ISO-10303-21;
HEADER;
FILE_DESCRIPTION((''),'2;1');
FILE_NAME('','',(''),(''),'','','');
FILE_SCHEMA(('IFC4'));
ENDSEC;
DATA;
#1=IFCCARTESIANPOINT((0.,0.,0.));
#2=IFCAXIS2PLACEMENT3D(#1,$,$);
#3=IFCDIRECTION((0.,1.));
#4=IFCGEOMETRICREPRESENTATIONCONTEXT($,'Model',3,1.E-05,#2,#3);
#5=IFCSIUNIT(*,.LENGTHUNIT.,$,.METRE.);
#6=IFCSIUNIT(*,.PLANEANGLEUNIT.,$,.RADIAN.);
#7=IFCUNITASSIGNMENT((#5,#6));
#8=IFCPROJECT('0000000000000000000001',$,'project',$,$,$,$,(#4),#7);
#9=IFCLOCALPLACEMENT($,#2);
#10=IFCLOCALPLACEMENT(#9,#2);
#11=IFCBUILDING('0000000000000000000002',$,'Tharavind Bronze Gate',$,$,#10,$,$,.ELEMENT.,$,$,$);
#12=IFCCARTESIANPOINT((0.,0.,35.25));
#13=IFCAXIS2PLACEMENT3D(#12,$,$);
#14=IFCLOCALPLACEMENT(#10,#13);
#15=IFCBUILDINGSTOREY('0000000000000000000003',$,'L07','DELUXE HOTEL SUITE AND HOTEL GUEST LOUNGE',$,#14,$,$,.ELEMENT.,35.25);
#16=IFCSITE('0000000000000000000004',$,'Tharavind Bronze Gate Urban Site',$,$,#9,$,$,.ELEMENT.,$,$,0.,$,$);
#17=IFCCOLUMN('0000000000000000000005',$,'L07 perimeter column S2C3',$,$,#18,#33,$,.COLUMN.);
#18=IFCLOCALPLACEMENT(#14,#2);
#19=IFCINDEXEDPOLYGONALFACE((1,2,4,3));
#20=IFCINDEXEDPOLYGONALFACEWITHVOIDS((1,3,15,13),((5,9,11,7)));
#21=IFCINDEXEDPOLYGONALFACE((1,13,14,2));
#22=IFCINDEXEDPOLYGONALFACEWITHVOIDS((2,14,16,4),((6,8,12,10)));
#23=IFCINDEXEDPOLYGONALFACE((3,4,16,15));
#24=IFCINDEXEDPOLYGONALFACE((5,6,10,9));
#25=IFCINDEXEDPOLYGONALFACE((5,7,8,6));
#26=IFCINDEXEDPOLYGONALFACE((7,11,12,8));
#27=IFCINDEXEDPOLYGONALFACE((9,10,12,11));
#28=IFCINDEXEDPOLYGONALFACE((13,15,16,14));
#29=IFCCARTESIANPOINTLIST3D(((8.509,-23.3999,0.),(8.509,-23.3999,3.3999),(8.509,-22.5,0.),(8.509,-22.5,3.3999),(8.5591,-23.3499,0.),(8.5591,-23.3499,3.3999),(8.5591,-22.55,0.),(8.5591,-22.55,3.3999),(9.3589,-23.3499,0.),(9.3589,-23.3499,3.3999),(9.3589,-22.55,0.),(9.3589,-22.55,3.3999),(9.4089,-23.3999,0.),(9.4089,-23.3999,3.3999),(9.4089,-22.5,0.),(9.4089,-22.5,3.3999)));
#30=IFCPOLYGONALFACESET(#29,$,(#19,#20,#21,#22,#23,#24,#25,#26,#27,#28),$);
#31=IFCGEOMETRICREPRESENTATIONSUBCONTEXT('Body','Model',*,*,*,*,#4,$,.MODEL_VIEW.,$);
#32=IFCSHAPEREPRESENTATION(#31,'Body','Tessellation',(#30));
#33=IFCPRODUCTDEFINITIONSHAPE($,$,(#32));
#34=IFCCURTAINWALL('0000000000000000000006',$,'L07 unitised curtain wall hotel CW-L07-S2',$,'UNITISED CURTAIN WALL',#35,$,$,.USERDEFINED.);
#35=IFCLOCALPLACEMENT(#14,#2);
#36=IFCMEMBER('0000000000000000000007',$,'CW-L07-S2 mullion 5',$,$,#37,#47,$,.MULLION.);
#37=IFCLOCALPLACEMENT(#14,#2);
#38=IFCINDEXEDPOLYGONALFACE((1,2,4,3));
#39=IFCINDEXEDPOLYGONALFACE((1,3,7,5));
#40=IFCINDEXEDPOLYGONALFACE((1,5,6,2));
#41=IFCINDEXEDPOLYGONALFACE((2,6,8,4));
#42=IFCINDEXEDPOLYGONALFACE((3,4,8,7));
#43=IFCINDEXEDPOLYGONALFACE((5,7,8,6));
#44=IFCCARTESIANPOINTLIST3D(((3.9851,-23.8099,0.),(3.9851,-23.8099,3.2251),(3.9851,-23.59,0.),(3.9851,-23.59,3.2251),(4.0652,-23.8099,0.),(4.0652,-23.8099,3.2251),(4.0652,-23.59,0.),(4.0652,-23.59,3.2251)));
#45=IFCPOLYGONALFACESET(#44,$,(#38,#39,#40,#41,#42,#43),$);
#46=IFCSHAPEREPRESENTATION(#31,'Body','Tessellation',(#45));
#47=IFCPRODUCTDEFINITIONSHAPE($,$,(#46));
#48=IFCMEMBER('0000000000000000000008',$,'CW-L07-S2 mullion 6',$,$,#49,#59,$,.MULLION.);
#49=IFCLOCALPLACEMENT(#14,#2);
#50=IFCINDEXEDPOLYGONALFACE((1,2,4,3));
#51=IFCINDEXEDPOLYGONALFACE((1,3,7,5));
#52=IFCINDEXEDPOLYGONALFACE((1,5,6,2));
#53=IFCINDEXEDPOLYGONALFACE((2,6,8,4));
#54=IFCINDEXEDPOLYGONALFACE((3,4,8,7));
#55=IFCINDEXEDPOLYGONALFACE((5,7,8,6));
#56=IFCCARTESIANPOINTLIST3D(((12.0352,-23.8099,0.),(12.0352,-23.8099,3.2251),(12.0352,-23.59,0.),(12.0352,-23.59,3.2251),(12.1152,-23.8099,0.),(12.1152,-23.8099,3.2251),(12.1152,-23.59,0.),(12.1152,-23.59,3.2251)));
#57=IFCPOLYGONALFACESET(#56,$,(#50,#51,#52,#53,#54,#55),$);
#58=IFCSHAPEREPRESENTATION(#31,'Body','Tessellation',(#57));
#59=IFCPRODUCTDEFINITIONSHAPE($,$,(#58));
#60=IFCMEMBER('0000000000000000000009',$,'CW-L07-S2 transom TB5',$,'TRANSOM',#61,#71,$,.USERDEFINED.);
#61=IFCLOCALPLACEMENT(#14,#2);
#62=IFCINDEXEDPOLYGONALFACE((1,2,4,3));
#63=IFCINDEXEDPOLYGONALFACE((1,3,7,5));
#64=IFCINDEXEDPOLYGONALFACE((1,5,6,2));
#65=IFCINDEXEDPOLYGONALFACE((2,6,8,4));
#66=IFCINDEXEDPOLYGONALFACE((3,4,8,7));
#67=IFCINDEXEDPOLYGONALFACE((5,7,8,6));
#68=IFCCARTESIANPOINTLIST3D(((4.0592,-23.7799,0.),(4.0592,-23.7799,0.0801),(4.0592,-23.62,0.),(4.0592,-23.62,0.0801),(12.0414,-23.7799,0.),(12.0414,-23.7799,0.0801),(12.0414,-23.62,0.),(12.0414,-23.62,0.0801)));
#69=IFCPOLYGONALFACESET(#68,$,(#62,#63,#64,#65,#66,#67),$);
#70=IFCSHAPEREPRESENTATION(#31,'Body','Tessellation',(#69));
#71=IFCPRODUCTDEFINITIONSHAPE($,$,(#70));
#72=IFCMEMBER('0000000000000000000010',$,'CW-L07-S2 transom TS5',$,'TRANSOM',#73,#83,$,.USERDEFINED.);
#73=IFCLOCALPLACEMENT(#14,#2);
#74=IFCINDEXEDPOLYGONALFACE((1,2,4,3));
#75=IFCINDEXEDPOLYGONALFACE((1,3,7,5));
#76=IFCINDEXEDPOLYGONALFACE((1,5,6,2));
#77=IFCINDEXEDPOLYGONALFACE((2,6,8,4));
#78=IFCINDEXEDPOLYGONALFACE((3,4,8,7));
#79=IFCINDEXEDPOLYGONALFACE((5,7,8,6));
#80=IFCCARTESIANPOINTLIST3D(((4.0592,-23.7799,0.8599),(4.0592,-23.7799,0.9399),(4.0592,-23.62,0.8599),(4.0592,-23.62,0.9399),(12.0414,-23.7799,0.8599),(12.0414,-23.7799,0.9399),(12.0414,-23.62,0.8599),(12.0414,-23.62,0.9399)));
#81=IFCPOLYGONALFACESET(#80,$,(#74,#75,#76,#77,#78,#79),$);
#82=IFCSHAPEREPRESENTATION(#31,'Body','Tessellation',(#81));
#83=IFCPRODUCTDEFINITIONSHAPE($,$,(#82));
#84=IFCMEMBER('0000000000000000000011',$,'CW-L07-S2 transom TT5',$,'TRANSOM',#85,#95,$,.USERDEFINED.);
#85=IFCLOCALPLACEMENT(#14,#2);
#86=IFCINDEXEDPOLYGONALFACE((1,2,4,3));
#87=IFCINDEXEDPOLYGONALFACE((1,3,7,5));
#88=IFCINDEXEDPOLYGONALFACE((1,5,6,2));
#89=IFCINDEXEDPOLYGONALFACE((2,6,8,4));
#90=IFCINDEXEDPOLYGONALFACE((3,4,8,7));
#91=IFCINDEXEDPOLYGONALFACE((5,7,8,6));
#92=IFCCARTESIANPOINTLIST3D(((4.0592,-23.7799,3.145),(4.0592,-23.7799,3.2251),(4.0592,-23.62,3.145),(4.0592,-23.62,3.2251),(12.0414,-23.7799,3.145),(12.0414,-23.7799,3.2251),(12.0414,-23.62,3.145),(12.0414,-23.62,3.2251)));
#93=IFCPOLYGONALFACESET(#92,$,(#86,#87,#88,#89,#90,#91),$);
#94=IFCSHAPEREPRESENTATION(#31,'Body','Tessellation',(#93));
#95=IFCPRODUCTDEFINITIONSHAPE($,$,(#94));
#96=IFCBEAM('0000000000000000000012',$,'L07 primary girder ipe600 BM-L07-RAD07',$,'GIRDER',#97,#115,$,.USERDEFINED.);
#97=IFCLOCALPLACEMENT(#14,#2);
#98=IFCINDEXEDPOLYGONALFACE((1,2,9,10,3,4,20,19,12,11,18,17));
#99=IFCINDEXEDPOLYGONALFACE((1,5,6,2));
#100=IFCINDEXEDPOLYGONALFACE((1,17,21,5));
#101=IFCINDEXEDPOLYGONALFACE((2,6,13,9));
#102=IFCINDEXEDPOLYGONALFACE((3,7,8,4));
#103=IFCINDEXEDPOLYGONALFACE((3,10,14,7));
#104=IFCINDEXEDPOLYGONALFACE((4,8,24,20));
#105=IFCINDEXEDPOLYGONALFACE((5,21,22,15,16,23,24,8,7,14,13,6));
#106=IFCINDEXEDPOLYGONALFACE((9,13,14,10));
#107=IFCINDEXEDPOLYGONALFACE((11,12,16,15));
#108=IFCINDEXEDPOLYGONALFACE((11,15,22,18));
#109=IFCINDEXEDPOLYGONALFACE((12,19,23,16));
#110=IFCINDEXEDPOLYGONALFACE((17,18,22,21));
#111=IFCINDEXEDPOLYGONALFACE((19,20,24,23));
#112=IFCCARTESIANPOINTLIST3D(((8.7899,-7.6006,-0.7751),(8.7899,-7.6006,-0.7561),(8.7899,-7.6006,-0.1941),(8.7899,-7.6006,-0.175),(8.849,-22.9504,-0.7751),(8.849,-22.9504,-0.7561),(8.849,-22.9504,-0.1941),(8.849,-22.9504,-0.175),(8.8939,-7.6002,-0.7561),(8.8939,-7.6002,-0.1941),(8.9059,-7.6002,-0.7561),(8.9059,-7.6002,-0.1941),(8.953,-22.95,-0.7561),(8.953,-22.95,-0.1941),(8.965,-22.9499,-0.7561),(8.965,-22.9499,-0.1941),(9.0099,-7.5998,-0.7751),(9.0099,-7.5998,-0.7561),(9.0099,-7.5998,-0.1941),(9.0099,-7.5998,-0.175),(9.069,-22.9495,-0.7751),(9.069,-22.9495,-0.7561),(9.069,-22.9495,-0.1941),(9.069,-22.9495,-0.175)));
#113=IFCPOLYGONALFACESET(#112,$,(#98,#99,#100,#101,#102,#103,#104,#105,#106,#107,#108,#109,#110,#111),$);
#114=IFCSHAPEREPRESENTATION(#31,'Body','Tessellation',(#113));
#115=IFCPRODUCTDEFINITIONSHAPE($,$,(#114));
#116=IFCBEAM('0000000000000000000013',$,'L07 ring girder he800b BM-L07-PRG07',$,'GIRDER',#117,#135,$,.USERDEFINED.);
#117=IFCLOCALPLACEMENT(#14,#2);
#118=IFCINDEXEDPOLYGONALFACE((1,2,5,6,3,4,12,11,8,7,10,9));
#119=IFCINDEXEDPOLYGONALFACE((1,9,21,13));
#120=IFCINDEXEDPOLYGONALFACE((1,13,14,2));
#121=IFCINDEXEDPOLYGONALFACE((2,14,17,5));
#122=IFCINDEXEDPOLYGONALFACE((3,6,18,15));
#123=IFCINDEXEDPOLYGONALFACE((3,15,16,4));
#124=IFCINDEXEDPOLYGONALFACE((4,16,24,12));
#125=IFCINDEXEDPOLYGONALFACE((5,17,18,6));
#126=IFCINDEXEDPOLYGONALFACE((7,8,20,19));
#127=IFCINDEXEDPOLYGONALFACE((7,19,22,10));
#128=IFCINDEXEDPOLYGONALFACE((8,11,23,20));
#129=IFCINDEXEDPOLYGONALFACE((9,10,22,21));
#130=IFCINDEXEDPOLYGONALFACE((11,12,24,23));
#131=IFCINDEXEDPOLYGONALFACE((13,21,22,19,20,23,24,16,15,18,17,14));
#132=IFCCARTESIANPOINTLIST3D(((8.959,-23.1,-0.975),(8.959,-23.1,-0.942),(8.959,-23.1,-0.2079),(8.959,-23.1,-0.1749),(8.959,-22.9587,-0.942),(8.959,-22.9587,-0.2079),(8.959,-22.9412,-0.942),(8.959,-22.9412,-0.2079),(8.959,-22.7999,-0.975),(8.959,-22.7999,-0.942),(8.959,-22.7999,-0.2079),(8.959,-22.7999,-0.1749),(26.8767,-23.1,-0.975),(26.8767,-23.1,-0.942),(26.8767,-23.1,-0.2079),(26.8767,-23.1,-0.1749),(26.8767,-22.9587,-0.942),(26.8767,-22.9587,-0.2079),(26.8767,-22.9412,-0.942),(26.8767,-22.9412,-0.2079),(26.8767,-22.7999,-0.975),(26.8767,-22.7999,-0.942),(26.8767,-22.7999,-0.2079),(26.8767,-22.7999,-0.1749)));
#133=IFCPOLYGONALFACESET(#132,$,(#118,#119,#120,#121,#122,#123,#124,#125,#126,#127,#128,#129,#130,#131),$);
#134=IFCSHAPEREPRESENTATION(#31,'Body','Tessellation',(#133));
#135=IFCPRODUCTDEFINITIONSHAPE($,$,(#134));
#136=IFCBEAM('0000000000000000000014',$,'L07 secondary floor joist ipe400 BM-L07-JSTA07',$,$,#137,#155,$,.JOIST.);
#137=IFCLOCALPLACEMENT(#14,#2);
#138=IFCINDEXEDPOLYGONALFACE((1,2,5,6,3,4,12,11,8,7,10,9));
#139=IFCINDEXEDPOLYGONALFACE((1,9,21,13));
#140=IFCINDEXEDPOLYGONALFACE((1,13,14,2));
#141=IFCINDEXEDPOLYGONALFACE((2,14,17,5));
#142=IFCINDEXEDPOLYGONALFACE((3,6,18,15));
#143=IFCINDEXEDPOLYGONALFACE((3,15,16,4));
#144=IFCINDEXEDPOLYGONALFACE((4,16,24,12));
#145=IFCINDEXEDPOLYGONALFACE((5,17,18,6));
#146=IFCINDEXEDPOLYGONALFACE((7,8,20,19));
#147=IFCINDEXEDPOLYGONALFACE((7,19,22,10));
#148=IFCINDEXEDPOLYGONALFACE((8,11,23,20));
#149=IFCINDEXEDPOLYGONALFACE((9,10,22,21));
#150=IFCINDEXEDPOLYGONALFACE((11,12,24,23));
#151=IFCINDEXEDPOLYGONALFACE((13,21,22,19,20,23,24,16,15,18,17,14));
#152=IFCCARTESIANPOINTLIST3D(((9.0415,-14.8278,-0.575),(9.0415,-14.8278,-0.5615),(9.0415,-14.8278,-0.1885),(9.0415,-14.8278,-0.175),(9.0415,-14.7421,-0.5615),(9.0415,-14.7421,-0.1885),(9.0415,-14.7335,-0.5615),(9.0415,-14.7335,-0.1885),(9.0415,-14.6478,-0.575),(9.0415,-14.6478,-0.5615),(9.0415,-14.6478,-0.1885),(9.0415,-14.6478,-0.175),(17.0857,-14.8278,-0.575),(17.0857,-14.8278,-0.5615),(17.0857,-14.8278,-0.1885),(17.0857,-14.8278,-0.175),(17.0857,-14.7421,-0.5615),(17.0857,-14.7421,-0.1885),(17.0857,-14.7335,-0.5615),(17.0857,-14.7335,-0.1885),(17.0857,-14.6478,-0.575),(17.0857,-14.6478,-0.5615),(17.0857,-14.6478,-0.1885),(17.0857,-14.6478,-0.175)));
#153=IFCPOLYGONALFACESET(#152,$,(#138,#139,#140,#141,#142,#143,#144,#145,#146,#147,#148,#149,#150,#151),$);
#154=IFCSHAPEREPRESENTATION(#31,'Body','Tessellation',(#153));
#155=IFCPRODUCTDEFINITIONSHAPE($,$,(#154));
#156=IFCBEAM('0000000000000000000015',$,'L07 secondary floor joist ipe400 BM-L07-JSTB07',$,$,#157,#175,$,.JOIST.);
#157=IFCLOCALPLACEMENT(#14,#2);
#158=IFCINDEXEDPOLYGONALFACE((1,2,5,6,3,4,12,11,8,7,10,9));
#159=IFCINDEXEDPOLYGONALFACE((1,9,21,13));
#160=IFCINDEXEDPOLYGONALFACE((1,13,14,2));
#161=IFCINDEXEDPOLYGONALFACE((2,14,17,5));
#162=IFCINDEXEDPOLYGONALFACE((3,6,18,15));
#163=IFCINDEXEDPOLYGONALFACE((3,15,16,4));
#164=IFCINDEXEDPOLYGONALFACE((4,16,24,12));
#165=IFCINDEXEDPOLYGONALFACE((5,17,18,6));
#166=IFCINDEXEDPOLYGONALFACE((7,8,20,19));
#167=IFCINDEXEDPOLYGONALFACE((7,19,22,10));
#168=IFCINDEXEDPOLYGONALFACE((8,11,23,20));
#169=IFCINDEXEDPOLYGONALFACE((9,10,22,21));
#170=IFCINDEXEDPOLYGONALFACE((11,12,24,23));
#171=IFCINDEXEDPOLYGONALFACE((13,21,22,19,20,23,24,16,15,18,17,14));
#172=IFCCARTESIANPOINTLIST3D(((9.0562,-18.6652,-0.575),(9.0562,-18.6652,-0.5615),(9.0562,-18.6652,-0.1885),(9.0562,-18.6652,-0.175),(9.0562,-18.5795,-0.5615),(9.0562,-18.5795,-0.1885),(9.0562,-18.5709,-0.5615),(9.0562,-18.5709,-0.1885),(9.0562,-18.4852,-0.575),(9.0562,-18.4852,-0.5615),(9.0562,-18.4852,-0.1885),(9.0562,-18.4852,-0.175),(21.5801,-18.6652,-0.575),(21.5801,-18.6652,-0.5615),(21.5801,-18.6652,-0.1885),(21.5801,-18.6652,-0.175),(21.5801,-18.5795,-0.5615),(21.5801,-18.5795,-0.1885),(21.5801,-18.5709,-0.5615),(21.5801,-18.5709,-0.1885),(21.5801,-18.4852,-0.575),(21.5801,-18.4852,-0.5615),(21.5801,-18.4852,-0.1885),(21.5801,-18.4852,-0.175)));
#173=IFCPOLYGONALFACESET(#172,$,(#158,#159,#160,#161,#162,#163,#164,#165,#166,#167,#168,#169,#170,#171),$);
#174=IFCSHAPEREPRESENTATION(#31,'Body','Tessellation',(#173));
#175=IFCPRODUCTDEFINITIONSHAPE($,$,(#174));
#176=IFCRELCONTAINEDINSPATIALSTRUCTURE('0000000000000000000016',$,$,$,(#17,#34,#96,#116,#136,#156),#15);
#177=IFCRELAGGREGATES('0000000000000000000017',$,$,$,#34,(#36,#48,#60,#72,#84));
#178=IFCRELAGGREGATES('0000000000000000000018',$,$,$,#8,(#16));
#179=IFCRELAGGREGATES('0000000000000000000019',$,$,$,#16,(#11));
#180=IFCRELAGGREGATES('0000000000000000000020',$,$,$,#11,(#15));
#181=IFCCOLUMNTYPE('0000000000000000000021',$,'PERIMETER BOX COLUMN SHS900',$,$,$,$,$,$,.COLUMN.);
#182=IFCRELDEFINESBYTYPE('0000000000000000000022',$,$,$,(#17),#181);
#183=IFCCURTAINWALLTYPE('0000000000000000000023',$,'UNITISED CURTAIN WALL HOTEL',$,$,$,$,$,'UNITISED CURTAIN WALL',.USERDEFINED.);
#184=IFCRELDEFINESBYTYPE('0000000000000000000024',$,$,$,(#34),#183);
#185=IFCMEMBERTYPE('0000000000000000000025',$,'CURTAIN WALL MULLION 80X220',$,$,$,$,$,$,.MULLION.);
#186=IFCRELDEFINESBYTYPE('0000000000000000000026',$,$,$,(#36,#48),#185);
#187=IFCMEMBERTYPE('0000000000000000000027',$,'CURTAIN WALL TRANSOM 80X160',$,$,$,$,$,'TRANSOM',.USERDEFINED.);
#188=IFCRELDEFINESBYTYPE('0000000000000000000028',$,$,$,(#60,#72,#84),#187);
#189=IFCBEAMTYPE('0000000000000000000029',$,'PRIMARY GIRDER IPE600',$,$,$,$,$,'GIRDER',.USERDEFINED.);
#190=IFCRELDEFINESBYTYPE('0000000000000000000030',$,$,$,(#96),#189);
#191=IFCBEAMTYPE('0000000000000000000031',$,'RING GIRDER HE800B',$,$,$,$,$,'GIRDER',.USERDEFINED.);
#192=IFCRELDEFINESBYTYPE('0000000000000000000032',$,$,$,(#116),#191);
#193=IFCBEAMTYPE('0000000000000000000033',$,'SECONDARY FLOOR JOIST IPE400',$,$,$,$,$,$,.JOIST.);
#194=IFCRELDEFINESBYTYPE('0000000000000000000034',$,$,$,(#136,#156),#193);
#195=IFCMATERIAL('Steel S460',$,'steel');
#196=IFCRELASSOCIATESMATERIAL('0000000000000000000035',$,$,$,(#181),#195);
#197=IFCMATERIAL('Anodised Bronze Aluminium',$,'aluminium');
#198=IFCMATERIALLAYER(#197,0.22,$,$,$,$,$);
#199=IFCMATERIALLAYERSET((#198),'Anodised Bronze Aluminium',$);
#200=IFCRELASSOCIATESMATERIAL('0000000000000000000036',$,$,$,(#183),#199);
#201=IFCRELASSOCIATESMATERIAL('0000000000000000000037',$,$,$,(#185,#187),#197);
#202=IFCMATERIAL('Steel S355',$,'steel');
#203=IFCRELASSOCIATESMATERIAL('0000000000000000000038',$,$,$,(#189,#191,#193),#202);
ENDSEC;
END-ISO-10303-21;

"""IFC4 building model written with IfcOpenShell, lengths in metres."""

from ifc_helpers import new_model, si_unit, direction, frame, origin, origin_2d, place, context, subcontext, project, spatial, rectangle, hollow_rectangle, i_section, extrude, material, layer, layer_set, material_profile, profile_set, type_object, element, aggregate, save


model = new_model("IFC4")

# Units and contexts
model_context = context("Model", 3, precision=1e-05, world=origin(), true_north=direction((0.0, 1.0)))
body_context = subcontext(model_context, "Body", "Model", "MODEL_VIEW")
ifc_project = project(units=[si_unit("LENGTHUNIT", "METRE"), si_unit("PLANEANGLEUNIT", "RADIAN")], contexts=[model_context])

# Site, building, storey
site_placement = place(None, origin())
site = spatial("IfcSite", under=ifc_project, at=site_placement, Name="Tharavind Bronze Gate Urban Site", CompositionType="ELEMENT", RefElevation=0.0)
building_placement = place(site_placement, origin())
building = spatial("IfcBuilding", under=site, at=building_placement, Name="Tharavind Bronze Gate", CompositionType="ELEMENT")
storey_placement = place(building_placement, frame((0.0, 0.0, 35.25)))
storey = spatial("IfcBuildingStorey", under=building, at=storey_placement, Name="L07", Description="DELUXE HOTEL SUITE AND HOTEL GUEST LOUNGE", CompositionType="ELEMENT", Elevation=35.25)

# Column
ifc_material_1 = material(Name="Steel S460", Category="steel")
ifc_material_profile_1 = material_profile(ifc_material_1, hollow_rectangle(XDim=0.8999, YDim=0.8999, WallThickness=0.05, at=origin_2d()), Name="SHS900X50")
ifc_profile_set_1 = profile_set([ifc_material_profile_1], Name="Steel S460")
column_type = type_object("IfcColumnType", Name="PERIMETER BOX COLUMN SHS900", PredefinedType="COLUMN", material=ifc_profile_set_1)
column_placement = place(storey_placement, frame((8.959, -22.95, 0.0), z_axis=(0.0, 0.0, 1.0), x_axis=(1.0, 0.0, 0.0)))
element("IfcColumn", 1, at=column_placement, inside=storey, type_object=column_type, Name="L07 perimeter column S2C3", PredefinedType="COLUMN", context=body_context, shape_type="SweptSolid", body=[
    extrude(hollow_rectangle(XDim=0.8999, YDim=0.8999, WallThickness=0.05, at=origin_2d()), origin(), (0.0, 0.0, 1.0), 3.3999),
])

# Curtain wall, members
ifc_material_2 = material(Name="Anodised Bronze Aluminium", Category="aluminium")
ifc_layer_1 = layer(ifc_material_2, 0.22)
ifc_layer_set_1 = layer_set([ifc_layer_1], Name="Anodised Bronze Aluminium")
curtain_wall_type = type_object("IfcCurtainWallType", Name="UNITISED CURTAIN WALL HOTEL", ElementType="UNITISED CURTAIN WALL", PredefinedType="USERDEFINED", material=ifc_layer_set_1)
curtain_wall_placement = place(storey_placement, origin())
curtain_wall = element("IfcCurtainWall", 2, at=curtain_wall_placement, inside=storey, type_object=curtain_wall_type, Name="L07 unitised curtain wall hotel CW-L07-S2", ObjectType="UNITISED CURTAIN WALL", PredefinedType="USERDEFINED")
member_type_1 = type_object("IfcMemberType", Name="CURTAIN WALL MULLION 80X220", PredefinedType="MULLION", material=ifc_material_2)
member_1_placement = place(storey_placement, frame((4.0251, -23.7, 0.0), z_axis=(0.0, 0.0, 1.0), x_axis=(1.0, 0.0, 0.0)))
member_1 = element("IfcMember", 3, at=member_1_placement, type_object=member_type_1, Name="CW-L07-S2 mullion 5", PredefinedType="MULLION", context=body_context, shape_type="SweptSolid", body=[
    extrude(rectangle(XDim=0.0801, YDim=0.22, at=origin_2d()), origin(), (0.0, 0.0, 1.0), 3.2251),
])
member_2_placement = place(storey_placement, frame((12.0752, -23.7, 0.0), z_axis=(0.0, 0.0, 1.0), x_axis=(1.0, 0.0, 0.0)))
member_2 = element("IfcMember", 4, at=member_2_placement, type_object=member_type_1, Name="CW-L07-S2 mullion 6", PredefinedType="MULLION", context=body_context, shape_type="SweptSolid", body=[
    extrude(rectangle(XDim=0.0801, YDim=0.22, at=origin_2d()), origin(), (0.0, 0.0, 1.0), 3.2251),
])
member_type_2 = type_object("IfcMemberType", Name="CURTAIN WALL TRANSOM 80X160", ElementType="TRANSOM", PredefinedType="USERDEFINED", material=ifc_material_2)
member_3_placement = place(storey_placement, frame((8.0503, -23.7, 0.0), z_axis=(0.0, 0.0, 1.0), x_axis=(1.0, 0.0, 0.0)))
member_3 = element("IfcMember", 5, at=member_3_placement, type_object=member_type_2, Name="CW-L07-S2 transom TB5", ObjectType="TRANSOM", PredefinedType="USERDEFINED", context=body_context, shape_type="SweptSolid", body=[
    extrude(rectangle(XDim=7.9822, YDim=0.1599, at=origin_2d()), origin(), (0.0, 0.0, 1.0), 0.0801),
])
member_4_placement = place(storey_placement, frame((8.0503, -23.7, 0.8599), z_axis=(0.0, 0.0, 1.0), x_axis=(1.0, 0.0, 0.0)))
member_4 = element("IfcMember", 6, at=member_4_placement, type_object=member_type_2, Name="CW-L07-S2 transom TS5", ObjectType="TRANSOM", PredefinedType="USERDEFINED", context=body_context, shape_type="SweptSolid", body=[
    extrude(rectangle(XDim=7.9822, YDim=0.1599, at=origin_2d()), origin(), (0.0, 0.0, 1.0), 0.0801),
])
member_5_placement = place(storey_placement, frame((8.0503, -23.7, 3.145), z_axis=(0.0, 0.0, 1.0), x_axis=(1.0, 0.0, 0.0)))
member_5 = element("IfcMember", 7, at=member_5_placement, type_object=member_type_2, Name="CW-L07-S2 transom TT5", ObjectType="TRANSOM", PredefinedType="USERDEFINED", context=body_context, shape_type="SweptSolid", body=[
    extrude(rectangle(XDim=7.9822, YDim=0.1599, at=origin_2d()), origin(), (0.0, 0.0, 1.0), 0.0801),
])

# Beams
ifc_material_3 = material(Name="Steel S355", Category="steel")
ifc_material_profile_2 = material_profile(ifc_material_3, i_section(OverallWidth=0.22, OverallDepth=0.6001, WebThickness=0.012, FlangeThickness=0.019, at=origin_2d()), Name="IPE600")
ifc_profile_set_2 = profile_set([ifc_material_profile_2], Name="Steel S355")
beam_type_1 = type_object("IfcBeamType", Name="PRIMARY GIRDER IPE600", ElementType="GIRDER", PredefinedType="USERDEFINED", material=ifc_profile_set_2)
beam_1_placement = place(storey_placement, frame((8.959, -22.95, -0.4751), z_axis=(-0.003849, 0.999993, 0.0), x_axis=(-0.999993, -0.003849, 0.0)))
element("IfcBeam", 8, at=beam_1_placement, inside=storey, type_object=beam_type_1, Name="L07 primary girder ipe600 BM-L07-RAD07", ObjectType="GIRDER", PredefinedType="USERDEFINED", context=body_context, shape_type="SweptSolid", body=[
    extrude(i_section(OverallWidth=0.22, OverallDepth=0.6001, WebThickness=0.012, FlangeThickness=0.019, at=origin_2d()), origin(), (0.0, 0.0, 1.0), 15.3499),
])
ifc_material_profile_3 = material_profile(ifc_material_3, i_section(OverallWidth=0.3, OverallDepth=0.8, WebThickness=0.0176, FlangeThickness=0.033, at=origin_2d()), Name="HE800B")
ifc_profile_set_3 = profile_set([ifc_material_profile_3], Name="Steel S355")
beam_type_2 = type_object("IfcBeamType", Name="RING GIRDER HE800B", ElementType="GIRDER", PredefinedType="USERDEFINED", material=ifc_profile_set_3)
beam_2_placement = place(storey_placement, frame((8.959, -22.95, -0.575), z_axis=(1.0, 0.0, 0.0), x_axis=(0.0, 1.0, 0.0)))
element("IfcBeam", 9, at=beam_2_placement, inside=storey, type_object=beam_type_2, Name="L07 ring girder he800b BM-L07-PRG07", ObjectType="GIRDER", PredefinedType="USERDEFINED", context=body_context, shape_type="SweptSolid", body=[
    extrude(i_section(OverallWidth=0.3, OverallDepth=0.8, WebThickness=0.0176, FlangeThickness=0.033, at=origin_2d()), origin(), (0.0, 0.0, 1.0), 17.9177),
])
ifc_material_profile_4 = material_profile(ifc_material_3, i_section(OverallWidth=0.1799, OverallDepth=0.3999, WebThickness=0.0085, FlangeThickness=0.0134, at=origin_2d()), Name="IPE400")
ifc_profile_set_4 = profile_set([ifc_material_profile_4], Name="Steel S355")
beam_type_3 = type_object("IfcBeamType", Name="SECONDARY FLOOR JOIST IPE400", PredefinedType="JOIST", material=ifc_profile_set_4)
beam_3_placement = place(storey_placement, frame((9.0415, -14.7378, -0.375), z_axis=(1.0, 0.0, 0.0), x_axis=(0.0, 1.0, 0.0)))
element("IfcBeam", 10, at=beam_3_placement, inside=storey, type_object=beam_type_3, Name="L07 secondary floor joist ipe400 BM-L07-JSTA07", PredefinedType="JOIST", context=body_context, shape_type="SweptSolid", body=[
    extrude(i_section(OverallWidth=0.1799, OverallDepth=0.3999, WebThickness=0.0085, FlangeThickness=0.0134, at=origin_2d()), origin(), (0.0, 0.0, 1.0), 8.0442),
])
beam_4_placement = place(storey_placement, frame((9.0562, -18.5752, -0.375), z_axis=(1.0, 0.0, 0.0), x_axis=(0.0, 1.0, 0.0)))
element("IfcBeam", 11, at=beam_4_placement, inside=storey, type_object=beam_type_3, Name="L07 secondary floor joist ipe400 BM-L07-JSTB07", PredefinedType="JOIST", context=body_context, shape_type="SweptSolid", body=[
    extrude(i_section(OverallWidth=0.1799, OverallDepth=0.3999, WebThickness=0.0085, FlangeThickness=0.0134, at=origin_2d()), origin(), (0.0, 0.0, 1.0), 12.5239),
])

aggregate(curtain_wall, [member_1, member_2, member_3, member_4, member_5])

save(model, "model.ifc")
